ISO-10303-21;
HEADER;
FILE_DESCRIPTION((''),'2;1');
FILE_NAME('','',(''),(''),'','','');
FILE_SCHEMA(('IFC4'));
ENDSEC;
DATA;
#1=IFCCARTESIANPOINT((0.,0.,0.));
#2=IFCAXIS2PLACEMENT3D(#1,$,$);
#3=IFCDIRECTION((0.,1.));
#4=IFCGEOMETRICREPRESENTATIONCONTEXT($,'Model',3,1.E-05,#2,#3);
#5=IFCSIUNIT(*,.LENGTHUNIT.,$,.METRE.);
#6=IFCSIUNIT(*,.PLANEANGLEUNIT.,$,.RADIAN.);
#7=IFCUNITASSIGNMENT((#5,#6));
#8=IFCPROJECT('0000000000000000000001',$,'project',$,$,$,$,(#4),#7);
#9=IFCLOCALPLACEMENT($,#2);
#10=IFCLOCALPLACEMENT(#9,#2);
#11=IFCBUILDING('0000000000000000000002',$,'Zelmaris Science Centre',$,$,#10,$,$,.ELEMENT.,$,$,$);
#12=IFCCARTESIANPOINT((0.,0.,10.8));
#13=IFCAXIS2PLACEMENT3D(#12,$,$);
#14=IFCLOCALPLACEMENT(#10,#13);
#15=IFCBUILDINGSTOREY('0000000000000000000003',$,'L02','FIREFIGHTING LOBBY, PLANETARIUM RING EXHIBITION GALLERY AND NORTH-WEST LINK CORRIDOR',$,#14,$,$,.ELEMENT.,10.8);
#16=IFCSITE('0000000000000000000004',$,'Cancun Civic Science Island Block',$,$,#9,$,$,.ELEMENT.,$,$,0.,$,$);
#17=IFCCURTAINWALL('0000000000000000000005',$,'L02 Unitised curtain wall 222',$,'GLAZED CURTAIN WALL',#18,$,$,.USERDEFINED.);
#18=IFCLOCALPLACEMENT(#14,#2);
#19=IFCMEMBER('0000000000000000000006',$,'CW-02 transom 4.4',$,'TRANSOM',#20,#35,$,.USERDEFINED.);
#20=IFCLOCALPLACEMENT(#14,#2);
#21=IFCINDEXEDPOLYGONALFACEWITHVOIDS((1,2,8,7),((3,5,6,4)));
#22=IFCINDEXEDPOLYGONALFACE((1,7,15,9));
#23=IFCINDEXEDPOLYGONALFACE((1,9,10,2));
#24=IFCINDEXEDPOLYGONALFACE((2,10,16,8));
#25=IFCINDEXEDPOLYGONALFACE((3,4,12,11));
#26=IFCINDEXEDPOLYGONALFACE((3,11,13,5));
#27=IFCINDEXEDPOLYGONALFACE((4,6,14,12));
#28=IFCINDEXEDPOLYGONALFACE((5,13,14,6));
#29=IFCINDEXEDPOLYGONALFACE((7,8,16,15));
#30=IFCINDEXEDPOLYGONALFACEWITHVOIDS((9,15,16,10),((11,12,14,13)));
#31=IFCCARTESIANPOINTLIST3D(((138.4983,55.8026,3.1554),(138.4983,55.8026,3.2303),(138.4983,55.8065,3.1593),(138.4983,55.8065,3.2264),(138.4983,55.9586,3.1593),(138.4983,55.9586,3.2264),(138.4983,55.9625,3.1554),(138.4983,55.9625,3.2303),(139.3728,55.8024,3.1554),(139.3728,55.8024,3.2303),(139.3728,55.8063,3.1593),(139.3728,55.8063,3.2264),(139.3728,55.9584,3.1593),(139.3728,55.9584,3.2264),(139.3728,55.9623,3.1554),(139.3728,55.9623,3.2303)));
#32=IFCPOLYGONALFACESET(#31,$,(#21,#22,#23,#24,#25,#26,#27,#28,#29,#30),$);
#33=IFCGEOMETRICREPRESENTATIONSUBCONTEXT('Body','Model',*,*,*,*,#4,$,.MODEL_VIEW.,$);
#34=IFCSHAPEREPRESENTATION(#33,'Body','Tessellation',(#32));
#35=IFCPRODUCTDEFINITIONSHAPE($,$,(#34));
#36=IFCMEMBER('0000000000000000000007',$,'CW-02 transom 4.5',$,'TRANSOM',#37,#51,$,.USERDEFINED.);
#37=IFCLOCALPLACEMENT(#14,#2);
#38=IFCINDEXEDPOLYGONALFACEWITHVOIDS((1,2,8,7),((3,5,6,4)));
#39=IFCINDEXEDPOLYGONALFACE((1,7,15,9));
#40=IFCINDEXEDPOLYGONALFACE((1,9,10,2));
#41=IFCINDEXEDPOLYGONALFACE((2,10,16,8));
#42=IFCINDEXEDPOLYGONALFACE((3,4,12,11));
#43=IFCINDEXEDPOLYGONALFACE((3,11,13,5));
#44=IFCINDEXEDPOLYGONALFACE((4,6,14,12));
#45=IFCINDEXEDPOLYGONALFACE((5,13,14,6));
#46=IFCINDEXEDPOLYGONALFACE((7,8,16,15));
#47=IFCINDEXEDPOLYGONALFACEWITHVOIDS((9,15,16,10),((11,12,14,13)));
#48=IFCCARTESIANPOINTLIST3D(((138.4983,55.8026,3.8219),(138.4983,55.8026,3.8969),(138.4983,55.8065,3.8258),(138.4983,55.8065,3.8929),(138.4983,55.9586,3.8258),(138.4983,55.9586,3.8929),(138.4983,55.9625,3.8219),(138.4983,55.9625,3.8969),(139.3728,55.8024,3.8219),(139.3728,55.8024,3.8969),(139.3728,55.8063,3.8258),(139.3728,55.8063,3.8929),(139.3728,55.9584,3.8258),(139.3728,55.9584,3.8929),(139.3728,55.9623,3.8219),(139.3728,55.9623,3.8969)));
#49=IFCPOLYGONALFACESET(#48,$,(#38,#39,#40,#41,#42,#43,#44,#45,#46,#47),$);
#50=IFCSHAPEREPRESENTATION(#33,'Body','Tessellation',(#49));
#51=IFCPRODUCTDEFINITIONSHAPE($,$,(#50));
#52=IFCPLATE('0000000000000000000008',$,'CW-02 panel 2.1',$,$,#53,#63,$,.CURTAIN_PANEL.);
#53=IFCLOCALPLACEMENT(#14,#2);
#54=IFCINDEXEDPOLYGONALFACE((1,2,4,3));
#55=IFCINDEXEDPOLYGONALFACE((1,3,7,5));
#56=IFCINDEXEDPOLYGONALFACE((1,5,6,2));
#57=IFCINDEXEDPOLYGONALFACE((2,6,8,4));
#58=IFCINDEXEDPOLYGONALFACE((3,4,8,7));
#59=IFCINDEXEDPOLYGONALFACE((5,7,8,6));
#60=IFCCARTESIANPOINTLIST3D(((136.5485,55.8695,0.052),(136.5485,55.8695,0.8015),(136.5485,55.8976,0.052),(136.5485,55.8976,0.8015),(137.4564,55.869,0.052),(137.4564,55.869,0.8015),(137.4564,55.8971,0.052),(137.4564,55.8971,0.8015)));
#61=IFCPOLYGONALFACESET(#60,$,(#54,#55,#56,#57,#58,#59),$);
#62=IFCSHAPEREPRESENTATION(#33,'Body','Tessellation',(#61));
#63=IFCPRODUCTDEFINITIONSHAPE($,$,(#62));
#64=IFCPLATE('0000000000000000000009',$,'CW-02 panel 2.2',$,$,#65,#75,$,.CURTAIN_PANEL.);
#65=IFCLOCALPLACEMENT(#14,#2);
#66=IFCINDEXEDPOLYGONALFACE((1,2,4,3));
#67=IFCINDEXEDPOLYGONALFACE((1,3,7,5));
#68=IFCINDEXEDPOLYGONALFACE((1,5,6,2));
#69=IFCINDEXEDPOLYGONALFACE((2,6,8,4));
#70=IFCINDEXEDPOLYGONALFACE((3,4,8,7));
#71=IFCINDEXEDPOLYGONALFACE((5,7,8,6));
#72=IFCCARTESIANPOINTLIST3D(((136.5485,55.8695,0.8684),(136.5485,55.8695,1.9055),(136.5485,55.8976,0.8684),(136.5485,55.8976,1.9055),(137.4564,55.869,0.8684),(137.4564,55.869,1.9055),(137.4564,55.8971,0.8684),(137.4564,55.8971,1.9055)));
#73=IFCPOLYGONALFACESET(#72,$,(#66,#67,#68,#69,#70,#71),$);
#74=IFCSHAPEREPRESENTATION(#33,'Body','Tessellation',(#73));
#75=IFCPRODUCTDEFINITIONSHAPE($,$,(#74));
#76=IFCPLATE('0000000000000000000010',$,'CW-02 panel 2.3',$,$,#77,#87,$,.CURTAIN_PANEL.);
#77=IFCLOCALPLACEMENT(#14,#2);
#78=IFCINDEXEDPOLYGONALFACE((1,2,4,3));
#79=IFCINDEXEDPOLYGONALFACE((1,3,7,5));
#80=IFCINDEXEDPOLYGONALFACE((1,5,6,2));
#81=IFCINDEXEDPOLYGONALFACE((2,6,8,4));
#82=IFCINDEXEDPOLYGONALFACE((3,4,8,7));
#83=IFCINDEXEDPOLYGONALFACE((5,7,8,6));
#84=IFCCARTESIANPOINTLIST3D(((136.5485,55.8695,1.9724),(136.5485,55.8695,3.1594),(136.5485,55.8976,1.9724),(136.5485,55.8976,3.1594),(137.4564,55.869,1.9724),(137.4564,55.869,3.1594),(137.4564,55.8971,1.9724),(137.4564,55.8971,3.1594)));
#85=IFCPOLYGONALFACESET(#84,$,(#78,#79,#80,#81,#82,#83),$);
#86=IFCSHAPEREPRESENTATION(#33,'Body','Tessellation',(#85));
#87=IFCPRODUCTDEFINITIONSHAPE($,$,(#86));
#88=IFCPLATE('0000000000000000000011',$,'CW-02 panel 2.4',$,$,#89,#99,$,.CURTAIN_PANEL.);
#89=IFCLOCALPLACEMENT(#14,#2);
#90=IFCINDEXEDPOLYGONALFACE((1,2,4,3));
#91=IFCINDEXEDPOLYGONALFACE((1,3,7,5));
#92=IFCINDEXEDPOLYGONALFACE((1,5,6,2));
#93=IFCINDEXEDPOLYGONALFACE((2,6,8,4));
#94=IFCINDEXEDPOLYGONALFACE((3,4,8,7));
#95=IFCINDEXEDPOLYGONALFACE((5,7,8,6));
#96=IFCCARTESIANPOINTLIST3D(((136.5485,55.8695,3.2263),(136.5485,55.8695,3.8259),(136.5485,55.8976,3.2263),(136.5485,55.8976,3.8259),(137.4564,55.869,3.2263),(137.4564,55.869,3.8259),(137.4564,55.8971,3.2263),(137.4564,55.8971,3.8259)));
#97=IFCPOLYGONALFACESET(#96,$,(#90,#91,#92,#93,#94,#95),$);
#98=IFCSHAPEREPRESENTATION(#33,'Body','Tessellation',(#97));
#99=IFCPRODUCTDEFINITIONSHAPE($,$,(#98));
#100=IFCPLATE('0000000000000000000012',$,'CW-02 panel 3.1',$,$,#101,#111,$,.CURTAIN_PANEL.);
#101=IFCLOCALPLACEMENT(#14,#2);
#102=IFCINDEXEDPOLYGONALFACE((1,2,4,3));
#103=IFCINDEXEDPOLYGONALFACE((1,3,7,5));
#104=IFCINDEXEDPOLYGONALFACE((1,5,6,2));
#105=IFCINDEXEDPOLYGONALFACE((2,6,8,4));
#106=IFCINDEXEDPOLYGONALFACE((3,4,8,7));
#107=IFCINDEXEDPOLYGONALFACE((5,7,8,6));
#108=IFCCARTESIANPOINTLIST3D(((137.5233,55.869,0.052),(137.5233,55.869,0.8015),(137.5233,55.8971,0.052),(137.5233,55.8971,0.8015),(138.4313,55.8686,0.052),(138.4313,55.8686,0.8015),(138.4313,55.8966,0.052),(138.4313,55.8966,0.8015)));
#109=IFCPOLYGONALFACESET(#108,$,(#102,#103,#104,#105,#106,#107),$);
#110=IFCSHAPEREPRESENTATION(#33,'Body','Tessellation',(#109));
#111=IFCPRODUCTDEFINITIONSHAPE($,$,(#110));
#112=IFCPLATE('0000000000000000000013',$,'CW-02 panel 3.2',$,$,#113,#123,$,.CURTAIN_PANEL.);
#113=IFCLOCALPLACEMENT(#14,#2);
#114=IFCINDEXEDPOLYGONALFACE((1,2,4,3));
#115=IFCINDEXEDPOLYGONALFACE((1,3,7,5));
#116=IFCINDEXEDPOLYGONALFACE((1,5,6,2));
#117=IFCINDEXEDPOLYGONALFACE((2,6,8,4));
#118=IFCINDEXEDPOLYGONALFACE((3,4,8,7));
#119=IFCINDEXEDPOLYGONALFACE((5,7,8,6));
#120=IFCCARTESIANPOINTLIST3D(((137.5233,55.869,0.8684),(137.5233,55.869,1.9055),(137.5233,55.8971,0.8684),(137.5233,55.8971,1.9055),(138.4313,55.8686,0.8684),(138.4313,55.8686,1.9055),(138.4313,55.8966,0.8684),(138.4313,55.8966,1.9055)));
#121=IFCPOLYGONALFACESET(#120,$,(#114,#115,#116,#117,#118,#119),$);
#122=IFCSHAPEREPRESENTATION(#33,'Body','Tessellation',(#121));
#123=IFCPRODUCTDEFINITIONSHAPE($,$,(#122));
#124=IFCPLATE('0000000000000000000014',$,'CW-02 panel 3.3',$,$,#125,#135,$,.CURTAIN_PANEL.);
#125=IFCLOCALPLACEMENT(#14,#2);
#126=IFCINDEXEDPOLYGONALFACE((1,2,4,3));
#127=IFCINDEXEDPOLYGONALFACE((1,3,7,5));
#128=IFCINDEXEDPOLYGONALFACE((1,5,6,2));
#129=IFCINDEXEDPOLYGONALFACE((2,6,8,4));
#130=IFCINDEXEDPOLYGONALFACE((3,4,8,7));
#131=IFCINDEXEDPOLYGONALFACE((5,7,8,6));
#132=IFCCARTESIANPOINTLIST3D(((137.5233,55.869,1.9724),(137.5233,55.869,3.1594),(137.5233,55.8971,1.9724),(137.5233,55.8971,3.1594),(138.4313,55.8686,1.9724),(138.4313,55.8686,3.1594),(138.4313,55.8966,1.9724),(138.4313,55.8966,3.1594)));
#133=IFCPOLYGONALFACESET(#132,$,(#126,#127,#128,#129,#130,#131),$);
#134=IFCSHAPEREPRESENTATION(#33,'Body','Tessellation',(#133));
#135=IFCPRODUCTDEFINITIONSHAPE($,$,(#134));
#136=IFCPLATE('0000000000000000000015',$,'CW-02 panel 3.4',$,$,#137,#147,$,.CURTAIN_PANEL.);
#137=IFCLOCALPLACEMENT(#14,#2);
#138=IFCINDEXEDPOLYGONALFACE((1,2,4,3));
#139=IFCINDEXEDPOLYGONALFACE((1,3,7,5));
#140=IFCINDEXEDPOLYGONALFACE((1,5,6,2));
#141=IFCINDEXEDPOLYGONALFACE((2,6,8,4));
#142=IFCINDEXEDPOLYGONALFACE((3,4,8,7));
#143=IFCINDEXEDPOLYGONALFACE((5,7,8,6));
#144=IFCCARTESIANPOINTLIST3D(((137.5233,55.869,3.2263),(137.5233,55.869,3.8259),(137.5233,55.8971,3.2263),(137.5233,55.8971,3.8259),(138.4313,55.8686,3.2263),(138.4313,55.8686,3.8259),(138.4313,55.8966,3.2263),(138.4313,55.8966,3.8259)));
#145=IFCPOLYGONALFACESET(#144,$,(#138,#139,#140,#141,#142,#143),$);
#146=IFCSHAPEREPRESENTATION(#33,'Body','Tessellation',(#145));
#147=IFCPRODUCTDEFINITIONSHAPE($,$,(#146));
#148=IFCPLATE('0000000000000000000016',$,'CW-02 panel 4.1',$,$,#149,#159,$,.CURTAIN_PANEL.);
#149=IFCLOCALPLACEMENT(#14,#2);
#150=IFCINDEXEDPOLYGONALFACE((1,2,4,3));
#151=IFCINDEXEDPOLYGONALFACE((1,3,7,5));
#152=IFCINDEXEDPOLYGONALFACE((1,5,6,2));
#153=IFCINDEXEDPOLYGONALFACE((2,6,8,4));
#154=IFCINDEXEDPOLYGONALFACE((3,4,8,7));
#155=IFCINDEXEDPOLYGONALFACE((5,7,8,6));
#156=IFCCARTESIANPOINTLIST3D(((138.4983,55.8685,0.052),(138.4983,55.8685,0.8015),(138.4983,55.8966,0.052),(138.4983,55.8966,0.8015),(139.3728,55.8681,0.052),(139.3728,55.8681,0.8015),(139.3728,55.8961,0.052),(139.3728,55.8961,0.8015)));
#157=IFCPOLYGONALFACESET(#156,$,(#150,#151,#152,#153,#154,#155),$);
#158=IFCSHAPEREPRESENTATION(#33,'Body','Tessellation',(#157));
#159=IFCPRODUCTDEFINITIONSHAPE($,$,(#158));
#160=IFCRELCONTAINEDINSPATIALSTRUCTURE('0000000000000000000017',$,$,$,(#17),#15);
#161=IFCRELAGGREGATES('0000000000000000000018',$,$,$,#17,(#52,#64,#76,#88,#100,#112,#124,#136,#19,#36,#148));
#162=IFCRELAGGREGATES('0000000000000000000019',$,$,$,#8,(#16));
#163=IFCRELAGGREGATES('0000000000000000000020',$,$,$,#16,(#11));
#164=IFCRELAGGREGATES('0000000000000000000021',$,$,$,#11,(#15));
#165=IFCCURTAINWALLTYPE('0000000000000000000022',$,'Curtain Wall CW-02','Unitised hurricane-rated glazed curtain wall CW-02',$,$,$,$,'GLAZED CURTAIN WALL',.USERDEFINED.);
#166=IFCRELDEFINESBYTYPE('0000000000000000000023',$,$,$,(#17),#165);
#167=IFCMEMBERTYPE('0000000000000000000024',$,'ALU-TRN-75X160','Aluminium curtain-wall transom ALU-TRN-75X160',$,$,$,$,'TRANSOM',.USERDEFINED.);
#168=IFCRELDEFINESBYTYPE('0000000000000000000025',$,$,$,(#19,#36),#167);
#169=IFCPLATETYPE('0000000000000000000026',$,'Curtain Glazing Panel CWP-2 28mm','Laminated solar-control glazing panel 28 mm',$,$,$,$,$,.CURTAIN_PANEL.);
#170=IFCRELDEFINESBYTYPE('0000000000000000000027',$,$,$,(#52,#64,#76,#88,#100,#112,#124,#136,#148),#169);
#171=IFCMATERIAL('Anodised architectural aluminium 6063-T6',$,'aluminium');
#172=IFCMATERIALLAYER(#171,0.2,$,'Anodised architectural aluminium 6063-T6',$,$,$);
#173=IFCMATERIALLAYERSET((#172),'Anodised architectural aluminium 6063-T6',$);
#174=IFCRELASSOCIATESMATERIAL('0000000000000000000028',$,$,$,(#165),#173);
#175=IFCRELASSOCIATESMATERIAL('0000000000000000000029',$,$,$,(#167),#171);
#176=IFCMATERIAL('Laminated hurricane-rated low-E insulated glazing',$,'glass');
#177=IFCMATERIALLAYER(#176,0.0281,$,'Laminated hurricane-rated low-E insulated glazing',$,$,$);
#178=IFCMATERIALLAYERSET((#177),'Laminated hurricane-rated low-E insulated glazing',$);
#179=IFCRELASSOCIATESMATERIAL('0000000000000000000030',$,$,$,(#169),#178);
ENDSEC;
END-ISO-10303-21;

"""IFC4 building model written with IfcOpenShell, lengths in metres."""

from ifc_helpers import new_model, si_unit, direction, frame, origin, origin_2d, place, context, subcontext, project, spatial, rectangle, hollow_rectangle, extrude, material, layer, layer_set, material_profile, profile_set, type_object, element, aggregate, save


model = new_model("IFC4")

# Units and contexts
model_context = context("Model", 3, precision=1e-05, world=origin(), true_north=direction((0.0, 1.0)))
body_context = subcontext(model_context, "Body", "Model", "MODEL_VIEW")
ifc_project = project(units=[si_unit("LENGTHUNIT", "METRE"), si_unit("PLANEANGLEUNIT", "RADIAN")], contexts=[model_context])

# Site, building, storey
site_placement = place(None, origin())
site = spatial("IfcSite", under=ifc_project, at=site_placement, Name="Cancun Civic Science Island Block", CompositionType="ELEMENT", RefElevation=0.0)
building_placement = place(site_placement, origin())
building = spatial("IfcBuilding", under=site, at=building_placement, Name="Zelmaris Science Centre", CompositionType="ELEMENT")
storey_placement = place(building_placement, frame((0.0, 0.0, 10.8)))
storey = spatial("IfcBuildingStorey", under=building, at=storey_placement, Name="L02", Description="FIREFIGHTING LOBBY, PLANETARIUM RING EXHIBITION GALLERY AND NORTH-WEST LINK CORRIDOR", CompositionType="ELEMENT", Elevation=10.8)

# Curtain wall, members, plates
ifc_material_1 = material(Name="Anodised architectural aluminium 6063-T6", Category="aluminium")
ifc_layer_1 = layer(ifc_material_1, 0.2, Name="Anodised architectural aluminium 6063-T6")
ifc_layer_set_1 = layer_set([ifc_layer_1], Name="Anodised architectural aluminium 6063-T6")
curtain_wall_type = type_object("IfcCurtainWallType", Name="Curtain Wall CW-02", Description="Unitised hurricane-rated glazed curtain wall CW-02", ElementType="GLAZED CURTAIN WALL", PredefinedType="USERDEFINED", material=ifc_layer_set_1)
curtain_wall_placement = place(storey_placement, origin())
curtain_wall = element("IfcCurtainWall", 1, at=curtain_wall_placement, inside=storey, type_object=curtain_wall_type, Name="L02 Unitised curtain wall 222", ObjectType="GLAZED CURTAIN WALL", PredefinedType="USERDEFINED")
ifc_material_profile_1 = material_profile(ifc_material_1, hollow_rectangle(XDim=0.075, YDim=0.1599, WallThickness=0.0039, at=origin_2d()), Name="ALU-TRN-75X160")
ifc_profile_set_1 = profile_set([ifc_material_profile_1], Name="Anodised architectural aluminium 6063-T6")
member_type_1 = type_object("IfcMemberType", Name="ALU-TRN-75X160", Description="Aluminium curtain-wall transom ALU-TRN-75X160", ElementType="TRANSOM", PredefinedType="USERDEFINED", material=ifc_profile_set_1)
member_1_placement = place(storey_placement, frame((138.4983, 55.8826, 3.1929), z_axis=(1.0, -0.000279, 0.0), x_axis=(0.0, 0.0, 1.0)))
member_1 = element("IfcMember", 2, at=member_1_placement, type_object=member_type_1, Name="CW-02 transom 4.4", ObjectType="TRANSOM", PredefinedType="USERDEFINED", context=body_context, shape_type="SweptSolid", body=[
    extrude(hollow_rectangle(XDim=0.075, YDim=0.1599, WallThickness=0.0039, at=origin_2d()), origin(), (0.0, 0.0, 1.0), 0.8745),
])
member_2_placement = place(storey_placement, frame((138.4983, 55.8826, 3.8594), z_axis=(1.0, -0.000279, 0.0), x_axis=(0.0, 0.0, 1.0)))
member_2 = element("IfcMember", 3, at=member_2_placement, type_object=member_type_1, Name="CW-02 transom 4.5", ObjectType="TRANSOM", PredefinedType="USERDEFINED", context=body_context, shape_type="SweptSolid", body=[
    extrude(hollow_rectangle(XDim=0.075, YDim=0.1599, WallThickness=0.0039, at=origin_2d()), origin(), (0.0, 0.0, 1.0), 0.8745),
])
ifc_material_2 = material(Name="Laminated hurricane-rated low-E insulated glazing", Category="glass")
ifc_layer_2 = layer(ifc_material_2, 0.0281, Name="Laminated hurricane-rated low-E insulated glazing")
ifc_layer_set_2 = layer_set([ifc_layer_2], Name="Laminated hurricane-rated low-E insulated glazing")
plate_type = type_object("IfcPlateType", Name="Curtain Glazing Panel CWP-2 28mm", Description="Laminated solar-control glazing panel 28 mm", PredefinedType="CURTAIN_PANEL", material=ifc_layer_set_2)
plate_1_placement = place(storey_placement, frame((137.0024, 55.8833, 0.052), z_axis=(0.0, 0.0, 1.0), x_axis=(1.0, -0.000487, 0.0)))
plate_1 = element("IfcPlate", 4, at=plate_1_placement, type_object=plate_type, Name="CW-02 panel 2.1", PredefinedType="CURTAIN_PANEL", context=body_context, shape_type="SweptSolid", body=[
    extrude(rectangle(XDim=0.908, YDim=0.0281, at=origin_2d()), origin(), (0.0, 0.0, 1.0), 0.7495),
])
plate_2_placement = place(storey_placement, frame((137.0024, 55.8833, 0.8684), z_axis=(0.0, 0.0, 1.0), x_axis=(1.0, -0.000487, 0.0)))
plate_2 = element("IfcPlate", 5, at=plate_2_placement, type_object=plate_type, Name="CW-02 panel 2.2", PredefinedType="CURTAIN_PANEL", context=body_context, shape_type="SweptSolid", body=[
    extrude(rectangle(XDim=0.908, YDim=0.0281, at=origin_2d()), origin(), (0.0, 0.0, 1.0), 1.0371),
])
plate_3_placement = place(storey_placement, frame((137.0024, 55.8833, 1.9724), z_axis=(0.0, 0.0, 1.0), x_axis=(1.0, -0.000487, 0.0)))
plate_3 = element("IfcPlate", 6, at=plate_3_placement, type_object=plate_type, Name="CW-02 panel 2.3", PredefinedType="CURTAIN_PANEL", context=body_context, shape_type="SweptSolid", body=[
    extrude(rectangle(XDim=0.908, YDim=0.0281, at=origin_2d()), origin(), (0.0, 0.0, 1.0), 1.187),
])
plate_4_placement = place(storey_placement, frame((137.0024, 55.8833, 3.2263), z_axis=(0.0, 0.0, 1.0), x_axis=(1.0, -0.000487, 0.0)))
plate_4 = element("IfcPlate", 7, at=plate_4_placement, type_object=plate_type, Name="CW-02 panel 2.4", PredefinedType="CURTAIN_PANEL", context=body_context, shape_type="SweptSolid", body=[
    extrude(rectangle(XDim=0.908, YDim=0.0281, at=origin_2d()), origin(), (0.0, 0.0, 1.0), 0.5996),
])
plate_5_placement = place(storey_placement, frame((137.9773, 55.8828, 0.052), z_axis=(0.0, 0.0, 1.0), x_axis=(1.0, -0.000487, 0.0)))
plate_5 = element("IfcPlate", 8, at=plate_5_placement, type_object=plate_type, Name="CW-02 panel 3.1", PredefinedType="CURTAIN_PANEL", context=body_context, shape_type="SweptSolid", body=[
    extrude(rectangle(XDim=0.908, YDim=0.0281, at=origin_2d()), origin(), (0.0, 0.0, 1.0), 0.7495),
])
plate_6_placement = place(storey_placement, frame((137.9773, 55.8828, 0.8684), z_axis=(0.0, 0.0, 1.0), x_axis=(1.0, -0.000487, 0.0)))
plate_6 = element("IfcPlate", 9, at=plate_6_placement, type_object=plate_type, Name="CW-02 panel 3.2", PredefinedType="CURTAIN_PANEL", context=body_context, shape_type="SweptSolid", body=[
    extrude(rectangle(XDim=0.908, YDim=0.0281, at=origin_2d()), origin(), (0.0, 0.0, 1.0), 1.0371),
])
plate_7_placement = place(storey_placement, frame((137.9773, 55.8828, 1.9724), z_axis=(0.0, 0.0, 1.0), x_axis=(1.0, -0.000487, 0.0)))
plate_7 = element("IfcPlate", 10, at=plate_7_placement, type_object=plate_type, Name="CW-02 panel 3.3", PredefinedType="CURTAIN_PANEL", context=body_context, shape_type="SweptSolid", body=[
    extrude(rectangle(XDim=0.908, YDim=0.0281, at=origin_2d()), origin(), (0.0, 0.0, 1.0), 1.187),
])
plate_8_placement = place(storey_placement, frame((137.9773, 55.8828, 3.2263), z_axis=(0.0, 0.0, 1.0), x_axis=(1.0, -0.000487, 0.0)))
plate_8 = element("IfcPlate", 11, at=plate_8_placement, type_object=plate_type, Name="CW-02 panel 3.4", PredefinedType="CURTAIN_PANEL", context=body_context, shape_type="SweptSolid", body=[
    extrude(rectangle(XDim=0.908, YDim=0.0281, at=origin_2d()), origin(), (0.0, 0.0, 1.0), 0.5996),
])
plate_9_placement = place(storey_placement, frame((138.9355, 55.8823, 0.052), z_axis=(0.0, 0.0, 1.0), x_axis=(1.0, -0.000487, 0.0)))
plate_9 = element("IfcPlate", 12, at=plate_9_placement, type_object=plate_type, Name="CW-02 panel 4.1", PredefinedType="CURTAIN_PANEL", context=body_context, shape_type="SweptSolid", body=[
    extrude(rectangle(XDim=0.8745, YDim=0.0281, at=origin_2d()), origin(), (0.0, 0.0, 1.0), 0.7495),
])
aggregate(curtain_wall, [plate_1, plate_2, plate_3, plate_4, plate_5, plate_6, plate_7, plate_8, member_1, member_2, plate_9])

save(model, "model.ifc")
